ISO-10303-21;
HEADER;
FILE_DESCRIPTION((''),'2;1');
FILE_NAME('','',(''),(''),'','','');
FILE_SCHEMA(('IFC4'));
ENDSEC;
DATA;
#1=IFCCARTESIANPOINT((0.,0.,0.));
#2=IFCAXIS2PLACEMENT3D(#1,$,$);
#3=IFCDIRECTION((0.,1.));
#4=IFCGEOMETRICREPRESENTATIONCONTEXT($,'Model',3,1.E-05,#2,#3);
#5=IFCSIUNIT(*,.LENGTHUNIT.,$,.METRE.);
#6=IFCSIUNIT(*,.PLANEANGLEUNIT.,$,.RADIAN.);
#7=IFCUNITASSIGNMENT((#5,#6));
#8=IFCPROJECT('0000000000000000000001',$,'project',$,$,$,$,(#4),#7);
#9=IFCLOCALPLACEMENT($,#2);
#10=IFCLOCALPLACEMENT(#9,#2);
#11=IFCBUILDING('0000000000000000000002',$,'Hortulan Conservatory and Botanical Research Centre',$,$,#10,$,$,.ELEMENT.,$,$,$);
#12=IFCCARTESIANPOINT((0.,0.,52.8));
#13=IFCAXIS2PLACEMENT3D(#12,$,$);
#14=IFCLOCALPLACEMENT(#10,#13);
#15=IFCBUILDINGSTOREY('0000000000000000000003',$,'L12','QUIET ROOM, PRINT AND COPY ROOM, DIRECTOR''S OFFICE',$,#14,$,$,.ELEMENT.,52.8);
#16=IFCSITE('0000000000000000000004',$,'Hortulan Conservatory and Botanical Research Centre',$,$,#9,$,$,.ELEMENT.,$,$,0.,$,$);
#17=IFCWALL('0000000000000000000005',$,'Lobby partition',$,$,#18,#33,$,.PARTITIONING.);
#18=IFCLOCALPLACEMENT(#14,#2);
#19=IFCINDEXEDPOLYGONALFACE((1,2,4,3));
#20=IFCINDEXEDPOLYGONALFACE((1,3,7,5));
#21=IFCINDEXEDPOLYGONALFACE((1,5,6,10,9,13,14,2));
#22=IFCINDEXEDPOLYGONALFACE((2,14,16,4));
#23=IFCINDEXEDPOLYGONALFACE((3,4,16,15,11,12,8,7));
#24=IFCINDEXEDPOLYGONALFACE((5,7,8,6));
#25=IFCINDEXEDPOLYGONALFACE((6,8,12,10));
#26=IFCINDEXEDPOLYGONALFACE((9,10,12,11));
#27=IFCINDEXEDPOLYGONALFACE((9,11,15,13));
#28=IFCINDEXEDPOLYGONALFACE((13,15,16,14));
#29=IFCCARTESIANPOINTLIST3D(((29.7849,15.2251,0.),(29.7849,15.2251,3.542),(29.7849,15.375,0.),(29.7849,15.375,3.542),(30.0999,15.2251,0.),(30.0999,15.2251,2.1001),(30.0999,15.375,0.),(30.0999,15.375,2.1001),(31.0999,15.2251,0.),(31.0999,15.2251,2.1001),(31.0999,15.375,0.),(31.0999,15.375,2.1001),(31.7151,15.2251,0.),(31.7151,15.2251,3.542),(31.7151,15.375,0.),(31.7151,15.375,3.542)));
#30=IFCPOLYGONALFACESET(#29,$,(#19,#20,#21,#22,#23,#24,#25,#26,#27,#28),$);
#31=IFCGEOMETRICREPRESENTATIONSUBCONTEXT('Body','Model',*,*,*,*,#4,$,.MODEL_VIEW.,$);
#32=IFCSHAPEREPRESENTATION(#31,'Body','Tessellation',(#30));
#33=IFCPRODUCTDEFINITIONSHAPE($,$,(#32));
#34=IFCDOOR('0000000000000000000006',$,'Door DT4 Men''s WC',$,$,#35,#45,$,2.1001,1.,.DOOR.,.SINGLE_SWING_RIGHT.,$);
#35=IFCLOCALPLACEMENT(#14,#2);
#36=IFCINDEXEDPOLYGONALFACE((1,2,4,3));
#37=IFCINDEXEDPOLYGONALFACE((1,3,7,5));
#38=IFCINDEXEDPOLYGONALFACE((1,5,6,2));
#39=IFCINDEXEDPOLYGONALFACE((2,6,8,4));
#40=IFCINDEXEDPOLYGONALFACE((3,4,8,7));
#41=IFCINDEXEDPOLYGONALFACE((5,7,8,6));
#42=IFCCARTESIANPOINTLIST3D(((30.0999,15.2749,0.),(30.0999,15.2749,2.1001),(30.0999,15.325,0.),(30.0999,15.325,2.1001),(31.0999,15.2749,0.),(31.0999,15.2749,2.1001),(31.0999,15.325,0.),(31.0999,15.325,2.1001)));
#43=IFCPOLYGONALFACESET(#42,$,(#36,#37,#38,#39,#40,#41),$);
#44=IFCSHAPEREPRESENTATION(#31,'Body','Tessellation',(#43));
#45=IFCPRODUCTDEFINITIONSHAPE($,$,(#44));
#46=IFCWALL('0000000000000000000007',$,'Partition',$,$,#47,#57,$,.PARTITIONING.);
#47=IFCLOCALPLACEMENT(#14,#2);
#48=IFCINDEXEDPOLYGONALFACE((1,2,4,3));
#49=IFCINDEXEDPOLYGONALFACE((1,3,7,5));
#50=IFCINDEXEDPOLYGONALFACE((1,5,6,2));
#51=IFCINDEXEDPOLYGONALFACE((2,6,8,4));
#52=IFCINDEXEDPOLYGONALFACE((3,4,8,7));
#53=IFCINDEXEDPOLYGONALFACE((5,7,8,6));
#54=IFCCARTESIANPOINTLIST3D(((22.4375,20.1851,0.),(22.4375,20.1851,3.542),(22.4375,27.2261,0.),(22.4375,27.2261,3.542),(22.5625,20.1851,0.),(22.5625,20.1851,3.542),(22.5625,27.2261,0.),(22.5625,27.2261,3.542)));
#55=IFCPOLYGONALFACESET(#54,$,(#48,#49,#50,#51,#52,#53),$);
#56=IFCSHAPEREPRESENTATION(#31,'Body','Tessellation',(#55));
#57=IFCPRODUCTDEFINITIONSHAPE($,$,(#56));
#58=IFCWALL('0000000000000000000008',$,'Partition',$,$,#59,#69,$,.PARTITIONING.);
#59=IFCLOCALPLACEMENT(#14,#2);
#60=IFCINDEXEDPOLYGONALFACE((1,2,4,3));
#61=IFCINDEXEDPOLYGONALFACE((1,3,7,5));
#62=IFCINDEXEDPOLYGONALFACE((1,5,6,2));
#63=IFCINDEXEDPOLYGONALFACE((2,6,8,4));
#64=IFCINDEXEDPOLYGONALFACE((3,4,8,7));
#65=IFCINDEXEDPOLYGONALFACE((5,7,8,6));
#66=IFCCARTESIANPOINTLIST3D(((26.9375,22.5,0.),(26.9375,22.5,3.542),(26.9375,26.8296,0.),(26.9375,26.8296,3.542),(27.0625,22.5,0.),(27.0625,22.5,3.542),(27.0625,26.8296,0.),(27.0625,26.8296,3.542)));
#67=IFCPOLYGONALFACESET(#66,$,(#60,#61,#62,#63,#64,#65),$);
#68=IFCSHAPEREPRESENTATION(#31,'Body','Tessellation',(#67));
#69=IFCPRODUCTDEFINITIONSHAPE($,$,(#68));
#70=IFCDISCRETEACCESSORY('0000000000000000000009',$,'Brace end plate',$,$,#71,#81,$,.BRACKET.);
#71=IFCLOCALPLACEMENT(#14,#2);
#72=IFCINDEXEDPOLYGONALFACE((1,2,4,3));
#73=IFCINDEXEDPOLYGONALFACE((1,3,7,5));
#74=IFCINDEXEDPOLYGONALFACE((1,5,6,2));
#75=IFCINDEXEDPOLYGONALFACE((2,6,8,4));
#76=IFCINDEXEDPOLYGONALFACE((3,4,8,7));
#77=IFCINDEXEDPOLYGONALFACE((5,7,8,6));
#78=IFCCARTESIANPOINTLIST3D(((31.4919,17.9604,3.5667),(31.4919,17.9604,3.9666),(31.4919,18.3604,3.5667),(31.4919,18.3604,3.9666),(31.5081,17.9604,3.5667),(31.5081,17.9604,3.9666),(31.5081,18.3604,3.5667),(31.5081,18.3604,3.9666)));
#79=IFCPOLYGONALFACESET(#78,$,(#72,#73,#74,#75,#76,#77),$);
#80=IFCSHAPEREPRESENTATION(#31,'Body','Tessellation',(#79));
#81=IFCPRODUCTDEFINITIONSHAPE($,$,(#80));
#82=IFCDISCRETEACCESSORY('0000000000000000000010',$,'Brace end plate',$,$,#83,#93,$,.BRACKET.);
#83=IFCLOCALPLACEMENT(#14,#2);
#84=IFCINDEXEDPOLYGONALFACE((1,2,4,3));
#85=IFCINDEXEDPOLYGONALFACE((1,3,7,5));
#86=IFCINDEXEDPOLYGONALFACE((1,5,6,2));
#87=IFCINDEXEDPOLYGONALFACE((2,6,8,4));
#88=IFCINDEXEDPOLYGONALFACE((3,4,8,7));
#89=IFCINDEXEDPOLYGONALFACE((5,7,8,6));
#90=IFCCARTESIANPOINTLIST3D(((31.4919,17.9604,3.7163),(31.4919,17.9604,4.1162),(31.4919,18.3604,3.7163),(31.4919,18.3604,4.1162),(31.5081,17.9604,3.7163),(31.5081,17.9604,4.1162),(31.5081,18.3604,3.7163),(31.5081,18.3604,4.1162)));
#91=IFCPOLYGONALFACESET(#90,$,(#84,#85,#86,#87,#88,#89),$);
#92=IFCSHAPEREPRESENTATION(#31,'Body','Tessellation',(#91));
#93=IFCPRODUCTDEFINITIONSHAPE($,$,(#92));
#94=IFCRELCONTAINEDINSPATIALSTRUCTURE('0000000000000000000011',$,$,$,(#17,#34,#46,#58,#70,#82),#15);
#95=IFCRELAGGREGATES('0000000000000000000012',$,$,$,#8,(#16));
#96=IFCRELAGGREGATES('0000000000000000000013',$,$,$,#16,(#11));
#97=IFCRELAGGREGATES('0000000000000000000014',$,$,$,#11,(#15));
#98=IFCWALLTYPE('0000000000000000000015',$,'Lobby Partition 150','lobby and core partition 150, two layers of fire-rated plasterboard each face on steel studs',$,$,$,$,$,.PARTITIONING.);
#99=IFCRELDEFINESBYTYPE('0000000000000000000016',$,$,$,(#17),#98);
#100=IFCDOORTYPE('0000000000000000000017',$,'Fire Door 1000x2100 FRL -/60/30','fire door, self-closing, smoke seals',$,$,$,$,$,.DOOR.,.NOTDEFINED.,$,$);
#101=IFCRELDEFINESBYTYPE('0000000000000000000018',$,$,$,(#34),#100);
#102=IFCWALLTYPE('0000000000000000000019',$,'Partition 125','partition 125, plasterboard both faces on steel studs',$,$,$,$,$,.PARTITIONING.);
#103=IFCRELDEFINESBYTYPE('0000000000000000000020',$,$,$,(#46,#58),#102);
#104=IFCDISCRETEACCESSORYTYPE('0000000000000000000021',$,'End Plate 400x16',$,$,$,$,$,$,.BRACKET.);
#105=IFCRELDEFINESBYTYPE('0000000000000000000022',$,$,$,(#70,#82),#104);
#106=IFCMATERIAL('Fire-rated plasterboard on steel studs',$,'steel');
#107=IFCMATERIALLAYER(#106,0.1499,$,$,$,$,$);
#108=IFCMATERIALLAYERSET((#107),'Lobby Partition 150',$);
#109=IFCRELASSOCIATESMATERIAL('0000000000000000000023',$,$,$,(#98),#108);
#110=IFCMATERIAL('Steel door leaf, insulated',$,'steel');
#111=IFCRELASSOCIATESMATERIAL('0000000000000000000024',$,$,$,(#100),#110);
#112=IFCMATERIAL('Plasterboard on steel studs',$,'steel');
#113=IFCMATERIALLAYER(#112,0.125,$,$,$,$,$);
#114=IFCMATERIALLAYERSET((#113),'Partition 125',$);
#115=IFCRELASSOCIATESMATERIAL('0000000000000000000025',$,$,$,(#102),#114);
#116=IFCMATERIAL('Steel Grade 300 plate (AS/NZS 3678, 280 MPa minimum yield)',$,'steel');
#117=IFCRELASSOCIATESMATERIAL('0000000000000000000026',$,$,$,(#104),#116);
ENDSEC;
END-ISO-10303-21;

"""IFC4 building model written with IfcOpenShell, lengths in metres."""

from ifc_helpers import new_model, si_unit, direction, frame, frame_2d, origin, origin_2d, place, context, subcontext, project, spatial, rectangle, extrude, material, layer, layer_set, type_object, element, fill, save


model = new_model("IFC4")

# Units and contexts
model_context = context("Model", 3, precision=1e-05, world=origin(), true_north=direction((0.0, 1.0)))
body_context = subcontext(model_context, "Body", "Model", "MODEL_VIEW")
ifc_project = project(units=[si_unit("LENGTHUNIT", "METRE"), si_unit("PLANEANGLEUNIT", "RADIAN")], contexts=[model_context])

# Site, building, storey
site_placement = place(None, origin())
site = spatial("IfcSite", under=ifc_project, at=site_placement, Name="Hortulan Conservatory and Botanical Research Centre", CompositionType="ELEMENT", RefElevation=0.0)
building_placement = place(site_placement, origin())
building = spatial("IfcBuilding", under=site, at=building_placement, Name="Hortulan Conservatory and Botanical Research Centre", CompositionType="ELEMENT")
storey_placement = place(building_placement, frame((0.0, 0.0, 52.8)))
storey = spatial("IfcBuildingStorey", under=building, at=storey_placement, Name="L12", Description="QUIET ROOM, PRINT AND COPY ROOM, DIRECTOR'S OFFICE", CompositionType="ELEMENT", Elevation=52.8)

# Shared definitions
ifc_material_1 = material(Name="Plasterboard on steel studs", Category="steel")

# Wall, opening, door
ifc_material_2 = material(Name="Fire-rated plasterboard on steel studs", Category="steel")
ifc_layer_1 = layer(ifc_material_2, 0.1499)
ifc_layer_set_1 = layer_set([ifc_layer_1], Name="Lobby Partition 150")
wall_type_1 = type_object("IfcWallType", Name="Lobby Partition 150", Description="lobby and core partition 150, two layers of fire-rated plasterboard each face on steel studs", PredefinedType="PARTITIONING", material=ifc_layer_set_1)
wall_1_placement = place(storey_placement, frame((29.7849, 15.3, 0.0), z_axis=(0.0, 0.0, 1.0), x_axis=(1.0, 0.0, 0.0)))
wall_1 = element("IfcWall", 1, at=wall_1_placement, inside=storey, type_object=wall_type_1, Name="Lobby partition", PredefinedType="PARTITIONING", context=body_context, shape_type="SweptSolid", body=[
    extrude(rectangle(XDim=1.9302, YDim=0.1499, at=frame_2d((0.9651, 0.0))), origin(), (0.0, 0.0, 1.0), 3.542),
])
opening_1_placement = place(wall_1_placement, frame((0.3149, 0.0, 0.0)))
opening_1 = element("IfcOpeningElement", 2, at=opening_1_placement, cuts=wall_1, PredefinedType="OPENING", context=body_context, shape_type="SweptSolid", body=[
    extrude(rectangle(XDim=1.0, YDim=2.1001, at=frame_2d((0.5, 1.05))), frame((0.0, 0.085, 0.0), z_axis=(0.0, -1.0, 0.0), x_axis=(1.0, 0.0, 0.0)), (0.0, 0.0, 1.0), 0.1699),
])
ifc_material_3 = material(Name="Steel door leaf, insulated", Category="steel")
door_type_1 = type_object("IfcDoorType", Name="Fire Door 1000x2100 FRL -/60/30", Description="fire door, self-closing, smoke seals", OperationType="NOTDEFINED", PredefinedType="DOOR", material=ifc_material_3)
door_1_placement = place(opening_1_placement, origin())
door_1 = element("IfcDoor", 3, at=door_1_placement, inside=storey, type_object=door_type_1, Name="Door DT4 Men's WC", OperationType="SINGLE_SWING_RIGHT", OverallHeight=2.1001, OverallWidth=1.0, PredefinedType="DOOR", context=body_context, shape_type="SweptSolid", body=[
    extrude(rectangle(XDim=1.0, YDim=2.1001, at=frame_2d((0.5, 1.05))), frame((0.0, 0.0249, 0.0), z_axis=(0.0, -1.0, 0.0), x_axis=(1.0, 0.0, 0.0)), (0.0, 0.0, 1.0), 0.05),
])
fill(opening_1, door_1)

# Walls
ifc_layer_2 = layer(ifc_material_1, 0.125)
ifc_layer_set_2 = layer_set([ifc_layer_2], Name="Partition 125")
wall_type_2 = type_object("IfcWallType", Name="Partition 125", Description="partition 125, plasterboard both faces on steel studs", PredefinedType="PARTITIONING", material=ifc_layer_set_2)
wall_2_placement = place(storey_placement, frame((22.5, 20.1851, 0.0), z_axis=(0.0, 0.0, 1.0), x_axis=(0.0, 1.0, 0.0)))
element("IfcWall", 4, at=wall_2_placement, inside=storey, type_object=wall_type_2, Name="Partition", PredefinedType="PARTITIONING", context=body_context, shape_type="SweptSolid", body=[
    extrude(rectangle(XDim=7.041, YDim=0.125, at=frame_2d((3.5205, 0.0))), origin(), (0.0, 0.0, 1.0), 3.542),
])
wall_3_placement = place(storey_placement, frame((27.0, 22.5, 0.0), z_axis=(0.0, 0.0, 1.0), x_axis=(0.0, 1.0, 0.0)))
element("IfcWall", 5, at=wall_3_placement, inside=storey, type_object=wall_type_2, Name="Partition", PredefinedType="PARTITIONING", context=body_context, shape_type="SweptSolid", body=[
    extrude(rectangle(XDim=4.3296, YDim=0.125, at=frame_2d((2.1648, 0.0))), origin(), (0.0, 0.0, 1.0), 3.542),
])

# Discrete accessories
ifc_material_4 = material(Name="Steel Grade 300 plate (AS/NZS 3678, 280 MPa minimum yield)", Category="steel")
discrete_accessory_type = type_object("IfcDiscreteAccessoryType", Name="End Plate 400x16", PredefinedType="BRACKET", material=ifc_material_4)
for number, where, z_axis, x_axis, name in (
    (6, (31.5, 18.1604, 3.5667), (0.0, 0.0, 1.0), (0.0, -1.0, 0.0), "Brace end plate"),
    (7, (31.5, 18.1604, 3.7163), (0.0, 0.0, 1.0), (0.0, -1.0, 0.0), "Brace end plate"),
):
    element("IfcDiscreteAccessory", number, at=place(storey_placement, frame(where, z_axis=z_axis, x_axis=x_axis)), inside=storey, type_object=discrete_accessory_type, Name=name, PredefinedType="BRACKET", context=body_context, shape_type="SweptSolid", body=[
        extrude(rectangle(XDim=0.3999, YDim=0.0161, at=origin_2d()), origin(), (0.0, 0.0, 1.0), 0.3999),
    ])

save(model, "model.ifc")
